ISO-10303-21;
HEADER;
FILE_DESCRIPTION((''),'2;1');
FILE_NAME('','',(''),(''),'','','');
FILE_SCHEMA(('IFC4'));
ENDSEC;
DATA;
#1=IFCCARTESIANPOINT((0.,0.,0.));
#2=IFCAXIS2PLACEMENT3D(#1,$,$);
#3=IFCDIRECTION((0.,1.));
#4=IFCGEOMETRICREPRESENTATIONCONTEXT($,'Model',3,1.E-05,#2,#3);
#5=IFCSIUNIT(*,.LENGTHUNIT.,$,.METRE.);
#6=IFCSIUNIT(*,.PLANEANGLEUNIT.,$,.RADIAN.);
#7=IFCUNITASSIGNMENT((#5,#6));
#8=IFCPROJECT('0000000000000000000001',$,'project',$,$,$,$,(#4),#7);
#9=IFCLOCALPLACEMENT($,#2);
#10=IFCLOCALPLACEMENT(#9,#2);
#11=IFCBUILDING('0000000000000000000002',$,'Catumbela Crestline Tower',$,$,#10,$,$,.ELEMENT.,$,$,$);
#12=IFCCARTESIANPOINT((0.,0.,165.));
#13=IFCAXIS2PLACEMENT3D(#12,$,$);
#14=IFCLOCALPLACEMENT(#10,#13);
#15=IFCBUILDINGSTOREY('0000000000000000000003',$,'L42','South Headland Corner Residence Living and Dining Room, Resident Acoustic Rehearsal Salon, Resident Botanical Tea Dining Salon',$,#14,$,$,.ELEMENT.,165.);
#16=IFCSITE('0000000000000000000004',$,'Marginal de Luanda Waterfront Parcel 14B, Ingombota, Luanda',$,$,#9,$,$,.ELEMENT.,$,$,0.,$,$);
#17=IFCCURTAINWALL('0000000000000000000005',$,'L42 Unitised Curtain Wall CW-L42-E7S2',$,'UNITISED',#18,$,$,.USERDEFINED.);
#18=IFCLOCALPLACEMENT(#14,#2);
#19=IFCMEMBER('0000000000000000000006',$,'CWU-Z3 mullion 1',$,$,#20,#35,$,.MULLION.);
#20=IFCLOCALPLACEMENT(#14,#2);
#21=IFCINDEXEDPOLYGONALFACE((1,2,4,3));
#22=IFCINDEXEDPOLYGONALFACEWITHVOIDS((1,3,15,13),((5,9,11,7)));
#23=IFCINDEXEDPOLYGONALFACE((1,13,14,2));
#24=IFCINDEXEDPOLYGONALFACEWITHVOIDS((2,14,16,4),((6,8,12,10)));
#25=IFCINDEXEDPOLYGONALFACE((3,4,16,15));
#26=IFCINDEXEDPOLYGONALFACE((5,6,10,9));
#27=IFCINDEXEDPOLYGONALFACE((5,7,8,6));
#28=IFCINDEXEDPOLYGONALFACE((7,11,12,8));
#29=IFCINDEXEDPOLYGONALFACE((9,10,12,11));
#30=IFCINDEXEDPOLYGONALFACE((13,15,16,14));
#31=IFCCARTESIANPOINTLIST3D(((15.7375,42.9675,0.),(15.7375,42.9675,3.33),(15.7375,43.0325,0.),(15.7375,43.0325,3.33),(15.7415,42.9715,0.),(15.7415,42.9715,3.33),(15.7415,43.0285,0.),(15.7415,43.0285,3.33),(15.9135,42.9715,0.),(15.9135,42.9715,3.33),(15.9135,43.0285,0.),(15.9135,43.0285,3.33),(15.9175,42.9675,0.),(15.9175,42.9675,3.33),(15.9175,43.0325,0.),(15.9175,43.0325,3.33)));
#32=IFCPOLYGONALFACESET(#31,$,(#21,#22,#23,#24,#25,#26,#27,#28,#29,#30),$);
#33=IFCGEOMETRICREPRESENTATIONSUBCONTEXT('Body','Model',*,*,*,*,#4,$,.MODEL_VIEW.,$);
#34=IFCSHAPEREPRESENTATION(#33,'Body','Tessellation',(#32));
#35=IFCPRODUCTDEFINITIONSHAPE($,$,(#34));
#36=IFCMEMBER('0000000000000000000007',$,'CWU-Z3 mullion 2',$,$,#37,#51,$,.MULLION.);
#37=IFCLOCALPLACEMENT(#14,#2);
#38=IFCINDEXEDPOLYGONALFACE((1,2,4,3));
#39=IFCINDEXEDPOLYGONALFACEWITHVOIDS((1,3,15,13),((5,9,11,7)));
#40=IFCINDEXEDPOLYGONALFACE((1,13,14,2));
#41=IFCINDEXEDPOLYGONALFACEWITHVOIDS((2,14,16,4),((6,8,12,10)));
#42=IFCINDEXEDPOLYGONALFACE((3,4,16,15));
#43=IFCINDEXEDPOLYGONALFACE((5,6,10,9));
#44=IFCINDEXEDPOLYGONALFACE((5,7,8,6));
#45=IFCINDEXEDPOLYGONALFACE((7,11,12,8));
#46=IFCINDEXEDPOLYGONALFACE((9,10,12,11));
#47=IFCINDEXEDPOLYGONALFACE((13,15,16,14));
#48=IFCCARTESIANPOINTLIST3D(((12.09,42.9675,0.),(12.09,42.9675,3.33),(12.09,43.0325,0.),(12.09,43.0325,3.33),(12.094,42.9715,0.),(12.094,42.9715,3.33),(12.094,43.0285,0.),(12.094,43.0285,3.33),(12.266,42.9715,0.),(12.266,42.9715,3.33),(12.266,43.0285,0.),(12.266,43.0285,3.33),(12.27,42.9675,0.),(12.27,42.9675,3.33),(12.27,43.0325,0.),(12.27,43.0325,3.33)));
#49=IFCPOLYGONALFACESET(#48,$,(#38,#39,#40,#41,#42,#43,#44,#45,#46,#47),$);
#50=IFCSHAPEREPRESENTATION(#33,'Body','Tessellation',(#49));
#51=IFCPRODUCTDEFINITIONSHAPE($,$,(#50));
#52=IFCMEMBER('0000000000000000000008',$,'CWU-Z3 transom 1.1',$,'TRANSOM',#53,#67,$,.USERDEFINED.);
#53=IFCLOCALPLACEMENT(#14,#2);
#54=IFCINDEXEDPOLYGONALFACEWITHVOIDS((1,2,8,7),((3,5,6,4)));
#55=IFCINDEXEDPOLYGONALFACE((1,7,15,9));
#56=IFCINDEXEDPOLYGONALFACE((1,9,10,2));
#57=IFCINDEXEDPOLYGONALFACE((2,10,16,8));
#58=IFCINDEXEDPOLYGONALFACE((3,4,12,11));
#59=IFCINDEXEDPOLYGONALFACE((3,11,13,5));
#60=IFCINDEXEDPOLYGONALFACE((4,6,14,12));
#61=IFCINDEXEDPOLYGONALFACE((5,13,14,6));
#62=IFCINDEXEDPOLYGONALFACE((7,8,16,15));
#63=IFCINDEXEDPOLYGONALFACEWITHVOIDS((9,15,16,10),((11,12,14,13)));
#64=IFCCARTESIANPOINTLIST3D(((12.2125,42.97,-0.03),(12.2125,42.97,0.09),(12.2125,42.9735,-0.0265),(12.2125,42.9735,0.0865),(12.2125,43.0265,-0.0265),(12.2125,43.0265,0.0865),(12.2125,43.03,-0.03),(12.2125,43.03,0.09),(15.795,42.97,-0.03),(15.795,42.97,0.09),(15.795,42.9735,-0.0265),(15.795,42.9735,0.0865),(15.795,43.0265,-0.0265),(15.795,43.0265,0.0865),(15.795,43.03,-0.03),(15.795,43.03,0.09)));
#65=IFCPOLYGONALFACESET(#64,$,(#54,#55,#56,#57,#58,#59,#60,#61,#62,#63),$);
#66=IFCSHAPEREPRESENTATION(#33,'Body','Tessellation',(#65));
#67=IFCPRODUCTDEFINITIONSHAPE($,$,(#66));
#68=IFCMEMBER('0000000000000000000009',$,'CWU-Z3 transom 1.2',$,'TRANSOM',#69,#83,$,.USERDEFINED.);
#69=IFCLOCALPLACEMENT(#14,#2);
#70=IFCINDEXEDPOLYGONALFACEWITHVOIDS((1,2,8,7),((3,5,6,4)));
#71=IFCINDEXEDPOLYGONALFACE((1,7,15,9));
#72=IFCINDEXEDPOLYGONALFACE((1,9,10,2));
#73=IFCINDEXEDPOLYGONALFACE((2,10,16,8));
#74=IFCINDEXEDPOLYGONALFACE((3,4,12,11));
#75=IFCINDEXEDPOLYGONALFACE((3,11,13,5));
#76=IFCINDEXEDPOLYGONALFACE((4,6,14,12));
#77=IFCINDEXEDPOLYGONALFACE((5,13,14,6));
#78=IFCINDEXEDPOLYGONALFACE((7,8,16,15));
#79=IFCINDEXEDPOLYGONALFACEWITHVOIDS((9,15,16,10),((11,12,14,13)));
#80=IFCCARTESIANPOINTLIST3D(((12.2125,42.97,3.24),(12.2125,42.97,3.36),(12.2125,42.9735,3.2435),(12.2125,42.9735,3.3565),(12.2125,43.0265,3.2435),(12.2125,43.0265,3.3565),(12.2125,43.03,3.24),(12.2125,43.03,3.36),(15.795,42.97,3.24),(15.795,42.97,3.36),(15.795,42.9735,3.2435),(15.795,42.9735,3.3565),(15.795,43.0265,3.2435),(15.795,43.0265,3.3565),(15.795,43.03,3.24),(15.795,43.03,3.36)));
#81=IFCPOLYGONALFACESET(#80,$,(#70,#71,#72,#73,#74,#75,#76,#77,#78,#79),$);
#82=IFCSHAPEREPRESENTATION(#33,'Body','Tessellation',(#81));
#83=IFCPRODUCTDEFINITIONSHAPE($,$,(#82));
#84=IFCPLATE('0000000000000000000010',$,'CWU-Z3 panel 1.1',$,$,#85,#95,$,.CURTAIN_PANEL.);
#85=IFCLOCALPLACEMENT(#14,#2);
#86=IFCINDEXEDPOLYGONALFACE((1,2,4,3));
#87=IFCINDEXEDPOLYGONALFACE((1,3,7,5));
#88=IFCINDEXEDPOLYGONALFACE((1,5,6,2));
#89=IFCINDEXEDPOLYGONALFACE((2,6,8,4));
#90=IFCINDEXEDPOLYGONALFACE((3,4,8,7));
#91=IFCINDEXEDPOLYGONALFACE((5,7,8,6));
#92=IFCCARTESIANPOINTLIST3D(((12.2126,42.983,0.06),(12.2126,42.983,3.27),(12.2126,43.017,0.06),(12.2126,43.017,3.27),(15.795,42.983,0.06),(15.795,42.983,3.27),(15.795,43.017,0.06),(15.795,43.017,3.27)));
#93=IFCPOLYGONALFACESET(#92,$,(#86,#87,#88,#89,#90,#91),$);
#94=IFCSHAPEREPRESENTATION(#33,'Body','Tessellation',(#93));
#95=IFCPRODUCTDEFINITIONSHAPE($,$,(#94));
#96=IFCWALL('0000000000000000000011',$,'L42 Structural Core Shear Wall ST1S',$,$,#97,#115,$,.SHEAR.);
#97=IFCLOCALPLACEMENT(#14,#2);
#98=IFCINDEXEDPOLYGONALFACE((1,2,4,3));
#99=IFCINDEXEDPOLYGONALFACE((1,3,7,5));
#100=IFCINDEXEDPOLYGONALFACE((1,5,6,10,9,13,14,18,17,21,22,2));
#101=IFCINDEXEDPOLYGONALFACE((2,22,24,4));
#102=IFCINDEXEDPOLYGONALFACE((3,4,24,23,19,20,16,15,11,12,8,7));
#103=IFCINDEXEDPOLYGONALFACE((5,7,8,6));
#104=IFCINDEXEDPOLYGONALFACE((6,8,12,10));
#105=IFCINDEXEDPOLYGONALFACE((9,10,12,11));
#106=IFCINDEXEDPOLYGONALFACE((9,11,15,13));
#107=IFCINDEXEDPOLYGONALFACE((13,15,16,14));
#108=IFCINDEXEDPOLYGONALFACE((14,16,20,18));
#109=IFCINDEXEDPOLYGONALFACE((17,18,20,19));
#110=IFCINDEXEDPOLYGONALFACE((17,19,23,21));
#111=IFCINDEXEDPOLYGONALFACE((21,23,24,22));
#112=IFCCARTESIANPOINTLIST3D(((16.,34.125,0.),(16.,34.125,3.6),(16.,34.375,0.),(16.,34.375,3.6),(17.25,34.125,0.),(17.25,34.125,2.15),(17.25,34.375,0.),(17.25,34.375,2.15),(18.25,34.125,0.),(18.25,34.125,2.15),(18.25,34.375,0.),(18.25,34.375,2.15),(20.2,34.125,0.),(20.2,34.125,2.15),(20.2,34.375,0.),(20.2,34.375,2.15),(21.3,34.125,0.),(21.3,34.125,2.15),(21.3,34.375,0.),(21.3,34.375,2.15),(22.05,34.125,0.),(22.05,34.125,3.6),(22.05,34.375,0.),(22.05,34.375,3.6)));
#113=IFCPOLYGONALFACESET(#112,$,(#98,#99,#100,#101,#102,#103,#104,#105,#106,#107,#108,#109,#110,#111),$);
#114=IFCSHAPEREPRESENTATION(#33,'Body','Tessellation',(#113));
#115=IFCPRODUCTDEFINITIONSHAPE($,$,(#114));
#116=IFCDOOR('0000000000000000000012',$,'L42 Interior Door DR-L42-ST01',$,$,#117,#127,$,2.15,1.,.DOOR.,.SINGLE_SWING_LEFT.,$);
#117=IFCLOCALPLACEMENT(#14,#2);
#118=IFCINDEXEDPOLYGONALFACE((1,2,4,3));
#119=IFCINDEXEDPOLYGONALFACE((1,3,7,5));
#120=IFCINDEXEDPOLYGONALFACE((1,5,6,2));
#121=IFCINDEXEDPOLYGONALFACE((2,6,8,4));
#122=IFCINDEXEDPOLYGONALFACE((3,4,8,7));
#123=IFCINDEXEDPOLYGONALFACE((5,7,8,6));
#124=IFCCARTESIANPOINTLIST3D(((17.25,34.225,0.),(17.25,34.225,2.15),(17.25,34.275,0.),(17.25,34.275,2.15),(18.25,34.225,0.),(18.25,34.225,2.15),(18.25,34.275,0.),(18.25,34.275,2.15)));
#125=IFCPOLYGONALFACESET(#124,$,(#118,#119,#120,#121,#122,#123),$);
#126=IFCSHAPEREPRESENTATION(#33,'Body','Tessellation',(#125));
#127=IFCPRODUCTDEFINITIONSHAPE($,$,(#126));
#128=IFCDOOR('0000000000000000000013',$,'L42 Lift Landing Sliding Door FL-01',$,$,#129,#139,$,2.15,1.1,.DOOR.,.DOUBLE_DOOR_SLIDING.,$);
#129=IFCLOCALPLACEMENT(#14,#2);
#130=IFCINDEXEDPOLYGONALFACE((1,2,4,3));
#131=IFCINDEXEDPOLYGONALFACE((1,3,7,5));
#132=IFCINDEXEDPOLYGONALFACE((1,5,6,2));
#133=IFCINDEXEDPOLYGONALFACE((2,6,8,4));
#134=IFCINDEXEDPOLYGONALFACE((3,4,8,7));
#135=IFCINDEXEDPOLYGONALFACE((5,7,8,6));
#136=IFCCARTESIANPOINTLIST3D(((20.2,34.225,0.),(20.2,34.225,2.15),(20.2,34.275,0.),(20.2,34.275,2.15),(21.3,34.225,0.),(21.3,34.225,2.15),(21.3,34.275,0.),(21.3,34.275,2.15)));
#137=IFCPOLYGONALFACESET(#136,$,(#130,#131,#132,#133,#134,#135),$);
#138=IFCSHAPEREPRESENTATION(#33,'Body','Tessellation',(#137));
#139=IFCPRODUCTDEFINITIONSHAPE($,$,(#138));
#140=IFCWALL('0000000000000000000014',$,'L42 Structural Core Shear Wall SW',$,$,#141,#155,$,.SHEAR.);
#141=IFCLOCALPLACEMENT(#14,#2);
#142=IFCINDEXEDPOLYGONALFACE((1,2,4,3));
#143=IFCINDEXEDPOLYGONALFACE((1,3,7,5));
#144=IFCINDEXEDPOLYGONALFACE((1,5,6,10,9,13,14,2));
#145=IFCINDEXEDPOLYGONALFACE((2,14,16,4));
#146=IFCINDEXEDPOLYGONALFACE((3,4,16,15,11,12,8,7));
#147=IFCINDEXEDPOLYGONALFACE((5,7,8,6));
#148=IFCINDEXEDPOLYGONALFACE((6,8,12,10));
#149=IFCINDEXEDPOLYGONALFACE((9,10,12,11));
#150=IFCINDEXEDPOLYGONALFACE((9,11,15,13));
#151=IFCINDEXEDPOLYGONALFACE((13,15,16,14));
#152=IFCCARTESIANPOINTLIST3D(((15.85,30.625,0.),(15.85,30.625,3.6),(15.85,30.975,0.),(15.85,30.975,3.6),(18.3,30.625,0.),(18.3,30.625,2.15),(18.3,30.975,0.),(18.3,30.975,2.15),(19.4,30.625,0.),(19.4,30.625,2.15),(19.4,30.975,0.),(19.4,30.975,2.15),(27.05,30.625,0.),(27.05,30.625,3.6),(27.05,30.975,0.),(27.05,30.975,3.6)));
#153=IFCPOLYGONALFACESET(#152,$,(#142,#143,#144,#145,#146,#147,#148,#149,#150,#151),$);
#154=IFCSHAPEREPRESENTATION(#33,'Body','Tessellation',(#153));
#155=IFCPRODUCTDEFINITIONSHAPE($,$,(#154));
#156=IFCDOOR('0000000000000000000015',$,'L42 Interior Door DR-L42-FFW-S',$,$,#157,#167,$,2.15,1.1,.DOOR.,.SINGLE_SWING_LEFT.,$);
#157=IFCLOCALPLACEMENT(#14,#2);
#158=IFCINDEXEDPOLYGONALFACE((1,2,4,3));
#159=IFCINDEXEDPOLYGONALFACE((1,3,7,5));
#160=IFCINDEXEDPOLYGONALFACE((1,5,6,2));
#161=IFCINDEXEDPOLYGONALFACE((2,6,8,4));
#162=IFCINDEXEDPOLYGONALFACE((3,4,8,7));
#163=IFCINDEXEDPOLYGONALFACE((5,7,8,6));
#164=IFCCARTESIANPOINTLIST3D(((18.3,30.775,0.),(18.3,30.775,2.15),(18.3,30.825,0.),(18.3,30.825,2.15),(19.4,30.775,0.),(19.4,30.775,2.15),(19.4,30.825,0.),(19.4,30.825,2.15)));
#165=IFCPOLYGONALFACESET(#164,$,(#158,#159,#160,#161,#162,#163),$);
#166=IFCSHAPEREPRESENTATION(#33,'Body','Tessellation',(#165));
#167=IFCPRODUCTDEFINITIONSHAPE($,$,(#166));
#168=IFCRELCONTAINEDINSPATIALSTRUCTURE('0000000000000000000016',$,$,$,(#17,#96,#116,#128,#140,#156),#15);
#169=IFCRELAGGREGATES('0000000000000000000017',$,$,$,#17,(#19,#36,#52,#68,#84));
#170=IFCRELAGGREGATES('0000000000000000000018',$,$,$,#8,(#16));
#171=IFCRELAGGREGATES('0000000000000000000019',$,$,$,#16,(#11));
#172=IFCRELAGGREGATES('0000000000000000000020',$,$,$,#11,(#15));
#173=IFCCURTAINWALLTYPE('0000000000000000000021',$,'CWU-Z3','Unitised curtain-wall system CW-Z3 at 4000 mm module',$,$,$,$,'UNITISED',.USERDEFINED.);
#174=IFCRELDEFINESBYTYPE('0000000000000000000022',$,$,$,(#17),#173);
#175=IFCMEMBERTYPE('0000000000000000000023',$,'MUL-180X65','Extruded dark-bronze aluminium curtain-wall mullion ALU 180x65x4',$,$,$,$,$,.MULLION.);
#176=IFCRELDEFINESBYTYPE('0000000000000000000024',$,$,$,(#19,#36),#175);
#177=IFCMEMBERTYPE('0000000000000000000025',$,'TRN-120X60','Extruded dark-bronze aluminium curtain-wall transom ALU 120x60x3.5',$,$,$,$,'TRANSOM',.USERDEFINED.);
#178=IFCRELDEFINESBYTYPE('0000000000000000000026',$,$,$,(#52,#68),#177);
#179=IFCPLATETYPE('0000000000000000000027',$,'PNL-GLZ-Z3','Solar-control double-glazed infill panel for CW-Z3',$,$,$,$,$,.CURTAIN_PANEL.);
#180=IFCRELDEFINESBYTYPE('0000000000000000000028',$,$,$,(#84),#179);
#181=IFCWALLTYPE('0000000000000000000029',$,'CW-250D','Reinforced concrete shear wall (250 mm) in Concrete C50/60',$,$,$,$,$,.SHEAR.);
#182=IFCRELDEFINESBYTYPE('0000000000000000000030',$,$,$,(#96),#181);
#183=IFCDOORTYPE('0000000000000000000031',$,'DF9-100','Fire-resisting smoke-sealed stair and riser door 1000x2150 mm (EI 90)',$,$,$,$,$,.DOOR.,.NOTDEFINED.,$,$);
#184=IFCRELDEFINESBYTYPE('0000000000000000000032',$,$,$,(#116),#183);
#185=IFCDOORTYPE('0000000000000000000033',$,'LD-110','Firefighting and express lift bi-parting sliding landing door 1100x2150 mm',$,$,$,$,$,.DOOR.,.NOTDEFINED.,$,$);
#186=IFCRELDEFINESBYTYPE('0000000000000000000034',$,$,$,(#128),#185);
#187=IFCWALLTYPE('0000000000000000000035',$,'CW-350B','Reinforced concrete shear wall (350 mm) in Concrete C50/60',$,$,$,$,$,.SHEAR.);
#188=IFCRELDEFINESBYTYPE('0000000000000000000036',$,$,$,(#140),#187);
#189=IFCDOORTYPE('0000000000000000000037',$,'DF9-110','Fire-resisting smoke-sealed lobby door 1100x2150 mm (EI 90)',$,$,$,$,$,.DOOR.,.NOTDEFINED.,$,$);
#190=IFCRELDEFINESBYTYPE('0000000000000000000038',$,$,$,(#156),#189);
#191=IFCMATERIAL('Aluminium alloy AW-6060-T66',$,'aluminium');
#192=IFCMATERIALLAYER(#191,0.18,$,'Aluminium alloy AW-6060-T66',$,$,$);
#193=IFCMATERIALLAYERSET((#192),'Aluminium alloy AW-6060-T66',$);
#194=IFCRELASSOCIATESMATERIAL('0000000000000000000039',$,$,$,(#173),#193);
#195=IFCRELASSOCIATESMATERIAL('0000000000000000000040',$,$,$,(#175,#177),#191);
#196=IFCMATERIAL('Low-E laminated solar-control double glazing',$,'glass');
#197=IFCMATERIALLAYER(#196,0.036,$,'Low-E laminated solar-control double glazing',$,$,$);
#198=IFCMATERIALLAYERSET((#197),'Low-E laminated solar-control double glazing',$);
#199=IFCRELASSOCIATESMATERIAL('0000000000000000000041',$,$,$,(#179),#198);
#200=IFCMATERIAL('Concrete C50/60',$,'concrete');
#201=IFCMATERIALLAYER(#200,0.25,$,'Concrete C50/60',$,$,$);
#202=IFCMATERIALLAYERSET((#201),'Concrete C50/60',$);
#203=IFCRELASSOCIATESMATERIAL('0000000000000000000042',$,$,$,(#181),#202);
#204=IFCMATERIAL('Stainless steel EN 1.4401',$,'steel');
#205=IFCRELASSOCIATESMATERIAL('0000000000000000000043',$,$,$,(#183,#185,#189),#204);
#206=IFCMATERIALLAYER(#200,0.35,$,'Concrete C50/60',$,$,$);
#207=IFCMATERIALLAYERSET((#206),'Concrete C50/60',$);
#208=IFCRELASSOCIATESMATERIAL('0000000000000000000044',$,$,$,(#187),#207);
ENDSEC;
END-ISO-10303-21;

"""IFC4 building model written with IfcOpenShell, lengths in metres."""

from ifc_helpers import new_model, si_unit, direction, frame, frame_2d, origin, origin_2d, place, context, subcontext, project, spatial, rectangle, hollow_rectangle, extrude, material, layer, layer_set, material_profile, profile_set, type_object, element, fill, aggregate, save


model = new_model("IFC4")

# Units and contexts
model_context = context("Model", 3, precision=1e-05, world=origin(), true_north=direction((0.0, 1.0)))
body_context = subcontext(model_context, "Body", "Model", "MODEL_VIEW")
ifc_project = project(units=[si_unit("LENGTHUNIT", "METRE"), si_unit("PLANEANGLEUNIT", "RADIAN")], contexts=[model_context])

# Site, building, storey
site_placement = place(None, origin())
site = spatial("IfcSite", under=ifc_project, at=site_placement, Name="Marginal de Luanda Waterfront Parcel 14B, Ingombota, Luanda", CompositionType="ELEMENT", RefElevation=0.0)
building_placement = place(site_placement, origin())
building = spatial("IfcBuilding", under=site, at=building_placement, Name="Catumbela Crestline Tower", CompositionType="ELEMENT")
storey_placement = place(building_placement, frame((0.0, 0.0, 165.0)))
storey = spatial("IfcBuildingStorey", under=building, at=storey_placement, Name="L42", Description="South Headland Corner Residence Living and Dining Room, Resident Acoustic Rehearsal Salon, Resident Botanical Tea Dining Salon", CompositionType="ELEMENT", Elevation=165.0)

# Curtain wall, members, plate
ifc_material_1 = material(Name="Aluminium alloy AW-6060-T66", Category="aluminium")
ifc_layer_1 = layer(ifc_material_1, 0.18, Name="Aluminium alloy AW-6060-T66")
ifc_layer_set_1 = layer_set([ifc_layer_1], Name="Aluminium alloy AW-6060-T66")
curtain_wall_type = type_object("IfcCurtainWallType", Name="CWU-Z3", Description="Unitised curtain-wall system CW-Z3 at 4000 mm module", ElementType="UNITISED", PredefinedType="USERDEFINED", material=ifc_layer_set_1)
curtain_wall_placement = place(storey_placement, origin())
curtain_wall = element("IfcCurtainWall", 1, at=curtain_wall_placement, inside=storey, type_object=curtain_wall_type, Name="L42 Unitised Curtain Wall CW-L42-E7S2", ObjectType="UNITISED", PredefinedType="USERDEFINED")
ifc_material_profile_1 = material_profile(ifc_material_1, hollow_rectangle(XDim=0.065, YDim=0.18, WallThickness=0.004, at=origin_2d()), Name="ALU 180x65x4")
ifc_profile_set_1 = profile_set([ifc_material_profile_1], Name="Aluminium alloy AW-6060-T66")
member_type_1 = type_object("IfcMemberType", Name="MUL-180X65", Description="Extruded dark-bronze aluminium curtain-wall mullion ALU 180x65x4", PredefinedType="MULLION", material=ifc_profile_set_1)
member_1_placement = place(storey_placement, frame((15.8275, 43.0, 0.0), z_axis=(0.0, 0.0, 1.0), x_axis=(0.0, -1.0, 0.0)))
member_1 = element("IfcMember", 2, at=member_1_placement, type_object=member_type_1, Name="CWU-Z3 mullion 1", PredefinedType="MULLION", context=body_context, shape_type="SweptSolid", body=[
    extrude(hollow_rectangle(XDim=0.065, YDim=0.18, WallThickness=0.004, at=origin_2d()), origin(), (0.0, 0.0, 1.0), 3.33),
])
member_2_placement = place(storey_placement, frame((12.18, 43.0, 0.0), z_axis=(0.0, 0.0, 1.0), x_axis=(0.0, -1.0, 0.0)))
member_2 = element("IfcMember", 3, at=member_2_placement, type_object=member_type_1, Name="CWU-Z3 mullion 2", PredefinedType="MULLION", context=body_context, shape_type="SweptSolid", body=[
    extrude(hollow_rectangle(XDim=0.065, YDim=0.18, WallThickness=0.004, at=origin_2d()), origin(), (0.0, 0.0, 1.0), 3.33),
])
ifc_material_profile_2 = material_profile(ifc_material_1, hollow_rectangle(XDim=0.06, YDim=0.12, WallThickness=0.0035, at=origin_2d()), Name="ALU 120x60x3.5")
ifc_profile_set_2 = profile_set([ifc_material_profile_2], Name="Aluminium alloy AW-6060-T66")
member_type_2 = type_object("IfcMemberType", Name="TRN-120X60", Description="Extruded dark-bronze aluminium curtain-wall transom ALU 120x60x3.5", ElementType="TRANSOM", PredefinedType="USERDEFINED", material=ifc_profile_set_2)
member_3_placement = place(storey_placement, frame((15.795, 43.0, 0.03), z_axis=(-1.0, 0.0, 0.0), x_axis=(0.0, -1.0, 0.0)))
member_3 = element("IfcMember", 4, at=member_3_placement, type_object=member_type_2, Name="CWU-Z3 transom 1.1", ObjectType="TRANSOM", PredefinedType="USERDEFINED", context=body_context, shape_type="SweptSolid", body=[
    extrude(hollow_rectangle(XDim=0.06, YDim=0.12, WallThickness=0.0035, at=origin_2d()), origin(), (0.0, 0.0, 1.0), 3.5825),
])
member_4_placement = place(storey_placement, frame((15.795, 43.0, 3.3), z_axis=(-1.0, 0.0, 0.0), x_axis=(0.0, -1.0, 0.0)))
member_4 = element("IfcMember", 5, at=member_4_placement, type_object=member_type_2, Name="CWU-Z3 transom 1.2", ObjectType="TRANSOM", PredefinedType="USERDEFINED", context=body_context, shape_type="SweptSolid", body=[
    extrude(hollow_rectangle(XDim=0.06, YDim=0.12, WallThickness=0.0035, at=origin_2d()), origin(), (0.0, 0.0, 1.0), 3.5825),
])
ifc_material_2 = material(Name="Low-E laminated solar-control double glazing", Category="glass")
ifc_layer_2 = layer(ifc_material_2, 0.036, Name="Low-E laminated solar-control double glazing")
ifc_layer_set_2 = layer_set([ifc_layer_2], Name="Low-E laminated solar-control double glazing")
plate_type = type_object("IfcPlateType", Name="PNL-GLZ-Z3", Description="Solar-control double-glazed infill panel for CW-Z3", PredefinedType="CURTAIN_PANEL", material=ifc_layer_set_2)
plate_placement = place(storey_placement, frame((14.0038, 43.0, 0.06), z_axis=(0.0, 0.0, 1.0), x_axis=(-1.0, 0.0, 0.0)))
plate = element("IfcPlate", 6, at=plate_placement, type_object=plate_type, Name="CWU-Z3 panel 1.1", PredefinedType="CURTAIN_PANEL", context=body_context, shape_type="SweptSolid", body=[
    extrude(rectangle(XDim=3.5825, YDim=0.034, at=origin_2d()), origin(), (0.0, 0.0, 1.0), 3.21),
])
aggregate(curtain_wall, [member_1, member_2, member_3, member_4, plate])

# Wall, openings, doors
ifc_material_3 = material(Name="Concrete C50/60", Category="concrete")
ifc_layer_3 = layer(ifc_material_3, 0.25, Name="Concrete C50/60")
ifc_layer_set_3 = layer_set([ifc_layer_3], Name="Concrete C50/60")
wall_type_1 = type_object("IfcWallType", Name="CW-250D", Description="Reinforced concrete shear wall (250 mm) in Concrete C50/60", PredefinedType="SHEAR", material=ifc_layer_set_3)
wall_1_placement = place(storey_placement, frame((16.0, 34.25, 0.0), z_axis=(0.0, 0.0, 1.0), x_axis=(1.0, 0.0, 0.0)))
wall_1 = element("IfcWall", 7, at=wall_1_placement, inside=storey, type_object=wall_type_1, Name="L42 Structural Core Shear Wall ST1S", PredefinedType="SHEAR", context=body_context, shape_type="SweptSolid", body=[
    extrude(rectangle(XDim=6.05, YDim=0.25, at=frame_2d((3.025, 0.0))), origin(), (0.0, 0.0, 1.0), 3.6),
])
opening_1_placement = place(wall_1_placement, frame((1.25, 0.0, 0.0)))
opening_1 = element("IfcOpeningElement", 8, at=opening_1_placement, cuts=wall_1, PredefinedType="OPENING", context=body_context, shape_type="SweptSolid", body=[
    extrude(rectangle(XDim=1.0, YDim=2.15, at=frame_2d((0.5, 1.075))), frame((0.0, 0.135, 0.0), z_axis=(0.0, -1.0, 0.0), x_axis=(1.0, 0.0, 0.0)), (0.0, 0.0, 1.0), 0.27),
])
opening_2_placement = place(wall_1_placement, frame((4.2, 0.0, 0.0)))
opening_2 = element("IfcOpeningElement", 9, at=opening_2_placement, cuts=wall_1, PredefinedType="OPENING", context=body_context, shape_type="SweptSolid", body=[
    extrude(rectangle(XDim=1.1, YDim=2.15, at=frame_2d((0.55, 1.075))), frame((0.0, 0.135, 0.0), z_axis=(0.0, -1.0, 0.0), x_axis=(1.0, 0.0, 0.0)), (0.0, 0.0, 1.0), 0.27),
])
ifc_material_4 = material(Name="Stainless steel EN 1.4401", Category="steel")
door_type_1 = type_object("IfcDoorType", Name="DF9-100", Description="Fire-resisting smoke-sealed stair and riser door 1000x2150 mm (EI 90)", OperationType="NOTDEFINED", PredefinedType="DOOR", material=ifc_material_4)
door_1_placement = place(opening_1_placement, origin())
door_1 = element("IfcDoor", 10, at=door_1_placement, inside=storey, type_object=door_type_1, Name="L42 Interior Door DR-L42-ST01", OperationType="SINGLE_SWING_LEFT", OverallHeight=2.15, OverallWidth=1.0, PredefinedType="DOOR", context=body_context, shape_type="SweptSolid", body=[
    extrude(rectangle(XDim=1.0, YDim=2.15, at=frame_2d((0.5, 1.075))), frame((0.0, 0.025, 0.0), z_axis=(0.0, -1.0, 0.0), x_axis=(1.0, 0.0, 0.0)), (0.0, 0.0, 1.0), 0.05),
])
fill(opening_1, door_1)
door_type_2 = type_object("IfcDoorType", Name="LD-110", Description="Firefighting and express lift bi-parting sliding landing door 1100x2150 mm", OperationType="NOTDEFINED", PredefinedType="DOOR", material=ifc_material_4)
door_2_placement = place(opening_2_placement, origin())
door_2 = element("IfcDoor", 11, at=door_2_placement, inside=storey, type_object=door_type_2, Name="L42 Lift Landing Sliding Door FL-01", OperationType="DOUBLE_DOOR_SLIDING", OverallHeight=2.15, OverallWidth=1.1, PredefinedType="DOOR", context=body_context, shape_type="SweptSolid", body=[
    extrude(rectangle(XDim=1.1, YDim=2.15, at=frame_2d((0.55, 1.075))), frame((0.0, 0.025, 0.0), z_axis=(0.0, -1.0, 0.0), x_axis=(1.0, 0.0, 0.0)), (0.0, 0.0, 1.0), 0.05),
])
fill(opening_2, door_2)

# Wall, opening, door
ifc_layer_4 = layer(ifc_material_3, 0.35, Name="Concrete C50/60")
ifc_layer_set_4 = layer_set([ifc_layer_4], Name="Concrete C50/60")
wall_type_2 = type_object("IfcWallType", Name="CW-350B", Description="Reinforced concrete shear wall (350 mm) in Concrete C50/60", PredefinedType="SHEAR", material=ifc_layer_set_4)
wall_2_placement = place(storey_placement, frame((15.85, 30.8, 0.0), z_axis=(0.0, 0.0, 1.0), x_axis=(1.0, 0.0, 0.0)))
wall_2 = element("IfcWall", 12, at=wall_2_placement, inside=storey, type_object=wall_type_2, Name="L42 Structural Core Shear Wall SW", PredefinedType="SHEAR", context=body_context, shape_type="SweptSolid", body=[
    extrude(rectangle(XDim=11.2, YDim=0.35, at=frame_2d((5.6, 0.0))), origin(), (0.0, 0.0, 1.0), 3.6),
])
opening_3_placement = place(wall_2_placement, frame((2.45, 0.0, 0.0)))
opening_3 = element("IfcOpeningElement", 13, at=opening_3_placement, cuts=wall_2, PredefinedType="OPENING", context=body_context, shape_type="SweptSolid", body=[
    extrude(rectangle(XDim=1.1, YDim=2.15, at=frame_2d((0.55, 1.075))), frame((0.0, 0.185, 0.0), z_axis=(0.0, -1.0, 0.0), x_axis=(1.0, 0.0, 0.0)), (0.0, 0.0, 1.0), 0.37),
])
door_type_3 = type_object("IfcDoorType", Name="DF9-110", Description="Fire-resisting smoke-sealed lobby door 1100x2150 mm (EI 90)", OperationType="NOTDEFINED", PredefinedType="DOOR", material=ifc_material_4)
door_3_placement = place(opening_3_placement, origin())
door_3 = element("IfcDoor", 14, at=door_3_placement, inside=storey, type_object=door_type_3, Name="L42 Interior Door DR-L42-FFW-S", OperationType="SINGLE_SWING_LEFT", OverallHeight=2.15, OverallWidth=1.1, PredefinedType="DOOR", context=body_context, shape_type="SweptSolid", body=[
    extrude(rectangle(XDim=1.1, YDim=2.15, at=frame_2d((0.55, 1.075))), frame((0.0, 0.025, 0.0), z_axis=(0.0, -1.0, 0.0), x_axis=(1.0, 0.0, 0.0)), (0.0, 0.0, 1.0), 0.05),
])
fill(opening_3, door_3)

save(model, "model.ifc")
